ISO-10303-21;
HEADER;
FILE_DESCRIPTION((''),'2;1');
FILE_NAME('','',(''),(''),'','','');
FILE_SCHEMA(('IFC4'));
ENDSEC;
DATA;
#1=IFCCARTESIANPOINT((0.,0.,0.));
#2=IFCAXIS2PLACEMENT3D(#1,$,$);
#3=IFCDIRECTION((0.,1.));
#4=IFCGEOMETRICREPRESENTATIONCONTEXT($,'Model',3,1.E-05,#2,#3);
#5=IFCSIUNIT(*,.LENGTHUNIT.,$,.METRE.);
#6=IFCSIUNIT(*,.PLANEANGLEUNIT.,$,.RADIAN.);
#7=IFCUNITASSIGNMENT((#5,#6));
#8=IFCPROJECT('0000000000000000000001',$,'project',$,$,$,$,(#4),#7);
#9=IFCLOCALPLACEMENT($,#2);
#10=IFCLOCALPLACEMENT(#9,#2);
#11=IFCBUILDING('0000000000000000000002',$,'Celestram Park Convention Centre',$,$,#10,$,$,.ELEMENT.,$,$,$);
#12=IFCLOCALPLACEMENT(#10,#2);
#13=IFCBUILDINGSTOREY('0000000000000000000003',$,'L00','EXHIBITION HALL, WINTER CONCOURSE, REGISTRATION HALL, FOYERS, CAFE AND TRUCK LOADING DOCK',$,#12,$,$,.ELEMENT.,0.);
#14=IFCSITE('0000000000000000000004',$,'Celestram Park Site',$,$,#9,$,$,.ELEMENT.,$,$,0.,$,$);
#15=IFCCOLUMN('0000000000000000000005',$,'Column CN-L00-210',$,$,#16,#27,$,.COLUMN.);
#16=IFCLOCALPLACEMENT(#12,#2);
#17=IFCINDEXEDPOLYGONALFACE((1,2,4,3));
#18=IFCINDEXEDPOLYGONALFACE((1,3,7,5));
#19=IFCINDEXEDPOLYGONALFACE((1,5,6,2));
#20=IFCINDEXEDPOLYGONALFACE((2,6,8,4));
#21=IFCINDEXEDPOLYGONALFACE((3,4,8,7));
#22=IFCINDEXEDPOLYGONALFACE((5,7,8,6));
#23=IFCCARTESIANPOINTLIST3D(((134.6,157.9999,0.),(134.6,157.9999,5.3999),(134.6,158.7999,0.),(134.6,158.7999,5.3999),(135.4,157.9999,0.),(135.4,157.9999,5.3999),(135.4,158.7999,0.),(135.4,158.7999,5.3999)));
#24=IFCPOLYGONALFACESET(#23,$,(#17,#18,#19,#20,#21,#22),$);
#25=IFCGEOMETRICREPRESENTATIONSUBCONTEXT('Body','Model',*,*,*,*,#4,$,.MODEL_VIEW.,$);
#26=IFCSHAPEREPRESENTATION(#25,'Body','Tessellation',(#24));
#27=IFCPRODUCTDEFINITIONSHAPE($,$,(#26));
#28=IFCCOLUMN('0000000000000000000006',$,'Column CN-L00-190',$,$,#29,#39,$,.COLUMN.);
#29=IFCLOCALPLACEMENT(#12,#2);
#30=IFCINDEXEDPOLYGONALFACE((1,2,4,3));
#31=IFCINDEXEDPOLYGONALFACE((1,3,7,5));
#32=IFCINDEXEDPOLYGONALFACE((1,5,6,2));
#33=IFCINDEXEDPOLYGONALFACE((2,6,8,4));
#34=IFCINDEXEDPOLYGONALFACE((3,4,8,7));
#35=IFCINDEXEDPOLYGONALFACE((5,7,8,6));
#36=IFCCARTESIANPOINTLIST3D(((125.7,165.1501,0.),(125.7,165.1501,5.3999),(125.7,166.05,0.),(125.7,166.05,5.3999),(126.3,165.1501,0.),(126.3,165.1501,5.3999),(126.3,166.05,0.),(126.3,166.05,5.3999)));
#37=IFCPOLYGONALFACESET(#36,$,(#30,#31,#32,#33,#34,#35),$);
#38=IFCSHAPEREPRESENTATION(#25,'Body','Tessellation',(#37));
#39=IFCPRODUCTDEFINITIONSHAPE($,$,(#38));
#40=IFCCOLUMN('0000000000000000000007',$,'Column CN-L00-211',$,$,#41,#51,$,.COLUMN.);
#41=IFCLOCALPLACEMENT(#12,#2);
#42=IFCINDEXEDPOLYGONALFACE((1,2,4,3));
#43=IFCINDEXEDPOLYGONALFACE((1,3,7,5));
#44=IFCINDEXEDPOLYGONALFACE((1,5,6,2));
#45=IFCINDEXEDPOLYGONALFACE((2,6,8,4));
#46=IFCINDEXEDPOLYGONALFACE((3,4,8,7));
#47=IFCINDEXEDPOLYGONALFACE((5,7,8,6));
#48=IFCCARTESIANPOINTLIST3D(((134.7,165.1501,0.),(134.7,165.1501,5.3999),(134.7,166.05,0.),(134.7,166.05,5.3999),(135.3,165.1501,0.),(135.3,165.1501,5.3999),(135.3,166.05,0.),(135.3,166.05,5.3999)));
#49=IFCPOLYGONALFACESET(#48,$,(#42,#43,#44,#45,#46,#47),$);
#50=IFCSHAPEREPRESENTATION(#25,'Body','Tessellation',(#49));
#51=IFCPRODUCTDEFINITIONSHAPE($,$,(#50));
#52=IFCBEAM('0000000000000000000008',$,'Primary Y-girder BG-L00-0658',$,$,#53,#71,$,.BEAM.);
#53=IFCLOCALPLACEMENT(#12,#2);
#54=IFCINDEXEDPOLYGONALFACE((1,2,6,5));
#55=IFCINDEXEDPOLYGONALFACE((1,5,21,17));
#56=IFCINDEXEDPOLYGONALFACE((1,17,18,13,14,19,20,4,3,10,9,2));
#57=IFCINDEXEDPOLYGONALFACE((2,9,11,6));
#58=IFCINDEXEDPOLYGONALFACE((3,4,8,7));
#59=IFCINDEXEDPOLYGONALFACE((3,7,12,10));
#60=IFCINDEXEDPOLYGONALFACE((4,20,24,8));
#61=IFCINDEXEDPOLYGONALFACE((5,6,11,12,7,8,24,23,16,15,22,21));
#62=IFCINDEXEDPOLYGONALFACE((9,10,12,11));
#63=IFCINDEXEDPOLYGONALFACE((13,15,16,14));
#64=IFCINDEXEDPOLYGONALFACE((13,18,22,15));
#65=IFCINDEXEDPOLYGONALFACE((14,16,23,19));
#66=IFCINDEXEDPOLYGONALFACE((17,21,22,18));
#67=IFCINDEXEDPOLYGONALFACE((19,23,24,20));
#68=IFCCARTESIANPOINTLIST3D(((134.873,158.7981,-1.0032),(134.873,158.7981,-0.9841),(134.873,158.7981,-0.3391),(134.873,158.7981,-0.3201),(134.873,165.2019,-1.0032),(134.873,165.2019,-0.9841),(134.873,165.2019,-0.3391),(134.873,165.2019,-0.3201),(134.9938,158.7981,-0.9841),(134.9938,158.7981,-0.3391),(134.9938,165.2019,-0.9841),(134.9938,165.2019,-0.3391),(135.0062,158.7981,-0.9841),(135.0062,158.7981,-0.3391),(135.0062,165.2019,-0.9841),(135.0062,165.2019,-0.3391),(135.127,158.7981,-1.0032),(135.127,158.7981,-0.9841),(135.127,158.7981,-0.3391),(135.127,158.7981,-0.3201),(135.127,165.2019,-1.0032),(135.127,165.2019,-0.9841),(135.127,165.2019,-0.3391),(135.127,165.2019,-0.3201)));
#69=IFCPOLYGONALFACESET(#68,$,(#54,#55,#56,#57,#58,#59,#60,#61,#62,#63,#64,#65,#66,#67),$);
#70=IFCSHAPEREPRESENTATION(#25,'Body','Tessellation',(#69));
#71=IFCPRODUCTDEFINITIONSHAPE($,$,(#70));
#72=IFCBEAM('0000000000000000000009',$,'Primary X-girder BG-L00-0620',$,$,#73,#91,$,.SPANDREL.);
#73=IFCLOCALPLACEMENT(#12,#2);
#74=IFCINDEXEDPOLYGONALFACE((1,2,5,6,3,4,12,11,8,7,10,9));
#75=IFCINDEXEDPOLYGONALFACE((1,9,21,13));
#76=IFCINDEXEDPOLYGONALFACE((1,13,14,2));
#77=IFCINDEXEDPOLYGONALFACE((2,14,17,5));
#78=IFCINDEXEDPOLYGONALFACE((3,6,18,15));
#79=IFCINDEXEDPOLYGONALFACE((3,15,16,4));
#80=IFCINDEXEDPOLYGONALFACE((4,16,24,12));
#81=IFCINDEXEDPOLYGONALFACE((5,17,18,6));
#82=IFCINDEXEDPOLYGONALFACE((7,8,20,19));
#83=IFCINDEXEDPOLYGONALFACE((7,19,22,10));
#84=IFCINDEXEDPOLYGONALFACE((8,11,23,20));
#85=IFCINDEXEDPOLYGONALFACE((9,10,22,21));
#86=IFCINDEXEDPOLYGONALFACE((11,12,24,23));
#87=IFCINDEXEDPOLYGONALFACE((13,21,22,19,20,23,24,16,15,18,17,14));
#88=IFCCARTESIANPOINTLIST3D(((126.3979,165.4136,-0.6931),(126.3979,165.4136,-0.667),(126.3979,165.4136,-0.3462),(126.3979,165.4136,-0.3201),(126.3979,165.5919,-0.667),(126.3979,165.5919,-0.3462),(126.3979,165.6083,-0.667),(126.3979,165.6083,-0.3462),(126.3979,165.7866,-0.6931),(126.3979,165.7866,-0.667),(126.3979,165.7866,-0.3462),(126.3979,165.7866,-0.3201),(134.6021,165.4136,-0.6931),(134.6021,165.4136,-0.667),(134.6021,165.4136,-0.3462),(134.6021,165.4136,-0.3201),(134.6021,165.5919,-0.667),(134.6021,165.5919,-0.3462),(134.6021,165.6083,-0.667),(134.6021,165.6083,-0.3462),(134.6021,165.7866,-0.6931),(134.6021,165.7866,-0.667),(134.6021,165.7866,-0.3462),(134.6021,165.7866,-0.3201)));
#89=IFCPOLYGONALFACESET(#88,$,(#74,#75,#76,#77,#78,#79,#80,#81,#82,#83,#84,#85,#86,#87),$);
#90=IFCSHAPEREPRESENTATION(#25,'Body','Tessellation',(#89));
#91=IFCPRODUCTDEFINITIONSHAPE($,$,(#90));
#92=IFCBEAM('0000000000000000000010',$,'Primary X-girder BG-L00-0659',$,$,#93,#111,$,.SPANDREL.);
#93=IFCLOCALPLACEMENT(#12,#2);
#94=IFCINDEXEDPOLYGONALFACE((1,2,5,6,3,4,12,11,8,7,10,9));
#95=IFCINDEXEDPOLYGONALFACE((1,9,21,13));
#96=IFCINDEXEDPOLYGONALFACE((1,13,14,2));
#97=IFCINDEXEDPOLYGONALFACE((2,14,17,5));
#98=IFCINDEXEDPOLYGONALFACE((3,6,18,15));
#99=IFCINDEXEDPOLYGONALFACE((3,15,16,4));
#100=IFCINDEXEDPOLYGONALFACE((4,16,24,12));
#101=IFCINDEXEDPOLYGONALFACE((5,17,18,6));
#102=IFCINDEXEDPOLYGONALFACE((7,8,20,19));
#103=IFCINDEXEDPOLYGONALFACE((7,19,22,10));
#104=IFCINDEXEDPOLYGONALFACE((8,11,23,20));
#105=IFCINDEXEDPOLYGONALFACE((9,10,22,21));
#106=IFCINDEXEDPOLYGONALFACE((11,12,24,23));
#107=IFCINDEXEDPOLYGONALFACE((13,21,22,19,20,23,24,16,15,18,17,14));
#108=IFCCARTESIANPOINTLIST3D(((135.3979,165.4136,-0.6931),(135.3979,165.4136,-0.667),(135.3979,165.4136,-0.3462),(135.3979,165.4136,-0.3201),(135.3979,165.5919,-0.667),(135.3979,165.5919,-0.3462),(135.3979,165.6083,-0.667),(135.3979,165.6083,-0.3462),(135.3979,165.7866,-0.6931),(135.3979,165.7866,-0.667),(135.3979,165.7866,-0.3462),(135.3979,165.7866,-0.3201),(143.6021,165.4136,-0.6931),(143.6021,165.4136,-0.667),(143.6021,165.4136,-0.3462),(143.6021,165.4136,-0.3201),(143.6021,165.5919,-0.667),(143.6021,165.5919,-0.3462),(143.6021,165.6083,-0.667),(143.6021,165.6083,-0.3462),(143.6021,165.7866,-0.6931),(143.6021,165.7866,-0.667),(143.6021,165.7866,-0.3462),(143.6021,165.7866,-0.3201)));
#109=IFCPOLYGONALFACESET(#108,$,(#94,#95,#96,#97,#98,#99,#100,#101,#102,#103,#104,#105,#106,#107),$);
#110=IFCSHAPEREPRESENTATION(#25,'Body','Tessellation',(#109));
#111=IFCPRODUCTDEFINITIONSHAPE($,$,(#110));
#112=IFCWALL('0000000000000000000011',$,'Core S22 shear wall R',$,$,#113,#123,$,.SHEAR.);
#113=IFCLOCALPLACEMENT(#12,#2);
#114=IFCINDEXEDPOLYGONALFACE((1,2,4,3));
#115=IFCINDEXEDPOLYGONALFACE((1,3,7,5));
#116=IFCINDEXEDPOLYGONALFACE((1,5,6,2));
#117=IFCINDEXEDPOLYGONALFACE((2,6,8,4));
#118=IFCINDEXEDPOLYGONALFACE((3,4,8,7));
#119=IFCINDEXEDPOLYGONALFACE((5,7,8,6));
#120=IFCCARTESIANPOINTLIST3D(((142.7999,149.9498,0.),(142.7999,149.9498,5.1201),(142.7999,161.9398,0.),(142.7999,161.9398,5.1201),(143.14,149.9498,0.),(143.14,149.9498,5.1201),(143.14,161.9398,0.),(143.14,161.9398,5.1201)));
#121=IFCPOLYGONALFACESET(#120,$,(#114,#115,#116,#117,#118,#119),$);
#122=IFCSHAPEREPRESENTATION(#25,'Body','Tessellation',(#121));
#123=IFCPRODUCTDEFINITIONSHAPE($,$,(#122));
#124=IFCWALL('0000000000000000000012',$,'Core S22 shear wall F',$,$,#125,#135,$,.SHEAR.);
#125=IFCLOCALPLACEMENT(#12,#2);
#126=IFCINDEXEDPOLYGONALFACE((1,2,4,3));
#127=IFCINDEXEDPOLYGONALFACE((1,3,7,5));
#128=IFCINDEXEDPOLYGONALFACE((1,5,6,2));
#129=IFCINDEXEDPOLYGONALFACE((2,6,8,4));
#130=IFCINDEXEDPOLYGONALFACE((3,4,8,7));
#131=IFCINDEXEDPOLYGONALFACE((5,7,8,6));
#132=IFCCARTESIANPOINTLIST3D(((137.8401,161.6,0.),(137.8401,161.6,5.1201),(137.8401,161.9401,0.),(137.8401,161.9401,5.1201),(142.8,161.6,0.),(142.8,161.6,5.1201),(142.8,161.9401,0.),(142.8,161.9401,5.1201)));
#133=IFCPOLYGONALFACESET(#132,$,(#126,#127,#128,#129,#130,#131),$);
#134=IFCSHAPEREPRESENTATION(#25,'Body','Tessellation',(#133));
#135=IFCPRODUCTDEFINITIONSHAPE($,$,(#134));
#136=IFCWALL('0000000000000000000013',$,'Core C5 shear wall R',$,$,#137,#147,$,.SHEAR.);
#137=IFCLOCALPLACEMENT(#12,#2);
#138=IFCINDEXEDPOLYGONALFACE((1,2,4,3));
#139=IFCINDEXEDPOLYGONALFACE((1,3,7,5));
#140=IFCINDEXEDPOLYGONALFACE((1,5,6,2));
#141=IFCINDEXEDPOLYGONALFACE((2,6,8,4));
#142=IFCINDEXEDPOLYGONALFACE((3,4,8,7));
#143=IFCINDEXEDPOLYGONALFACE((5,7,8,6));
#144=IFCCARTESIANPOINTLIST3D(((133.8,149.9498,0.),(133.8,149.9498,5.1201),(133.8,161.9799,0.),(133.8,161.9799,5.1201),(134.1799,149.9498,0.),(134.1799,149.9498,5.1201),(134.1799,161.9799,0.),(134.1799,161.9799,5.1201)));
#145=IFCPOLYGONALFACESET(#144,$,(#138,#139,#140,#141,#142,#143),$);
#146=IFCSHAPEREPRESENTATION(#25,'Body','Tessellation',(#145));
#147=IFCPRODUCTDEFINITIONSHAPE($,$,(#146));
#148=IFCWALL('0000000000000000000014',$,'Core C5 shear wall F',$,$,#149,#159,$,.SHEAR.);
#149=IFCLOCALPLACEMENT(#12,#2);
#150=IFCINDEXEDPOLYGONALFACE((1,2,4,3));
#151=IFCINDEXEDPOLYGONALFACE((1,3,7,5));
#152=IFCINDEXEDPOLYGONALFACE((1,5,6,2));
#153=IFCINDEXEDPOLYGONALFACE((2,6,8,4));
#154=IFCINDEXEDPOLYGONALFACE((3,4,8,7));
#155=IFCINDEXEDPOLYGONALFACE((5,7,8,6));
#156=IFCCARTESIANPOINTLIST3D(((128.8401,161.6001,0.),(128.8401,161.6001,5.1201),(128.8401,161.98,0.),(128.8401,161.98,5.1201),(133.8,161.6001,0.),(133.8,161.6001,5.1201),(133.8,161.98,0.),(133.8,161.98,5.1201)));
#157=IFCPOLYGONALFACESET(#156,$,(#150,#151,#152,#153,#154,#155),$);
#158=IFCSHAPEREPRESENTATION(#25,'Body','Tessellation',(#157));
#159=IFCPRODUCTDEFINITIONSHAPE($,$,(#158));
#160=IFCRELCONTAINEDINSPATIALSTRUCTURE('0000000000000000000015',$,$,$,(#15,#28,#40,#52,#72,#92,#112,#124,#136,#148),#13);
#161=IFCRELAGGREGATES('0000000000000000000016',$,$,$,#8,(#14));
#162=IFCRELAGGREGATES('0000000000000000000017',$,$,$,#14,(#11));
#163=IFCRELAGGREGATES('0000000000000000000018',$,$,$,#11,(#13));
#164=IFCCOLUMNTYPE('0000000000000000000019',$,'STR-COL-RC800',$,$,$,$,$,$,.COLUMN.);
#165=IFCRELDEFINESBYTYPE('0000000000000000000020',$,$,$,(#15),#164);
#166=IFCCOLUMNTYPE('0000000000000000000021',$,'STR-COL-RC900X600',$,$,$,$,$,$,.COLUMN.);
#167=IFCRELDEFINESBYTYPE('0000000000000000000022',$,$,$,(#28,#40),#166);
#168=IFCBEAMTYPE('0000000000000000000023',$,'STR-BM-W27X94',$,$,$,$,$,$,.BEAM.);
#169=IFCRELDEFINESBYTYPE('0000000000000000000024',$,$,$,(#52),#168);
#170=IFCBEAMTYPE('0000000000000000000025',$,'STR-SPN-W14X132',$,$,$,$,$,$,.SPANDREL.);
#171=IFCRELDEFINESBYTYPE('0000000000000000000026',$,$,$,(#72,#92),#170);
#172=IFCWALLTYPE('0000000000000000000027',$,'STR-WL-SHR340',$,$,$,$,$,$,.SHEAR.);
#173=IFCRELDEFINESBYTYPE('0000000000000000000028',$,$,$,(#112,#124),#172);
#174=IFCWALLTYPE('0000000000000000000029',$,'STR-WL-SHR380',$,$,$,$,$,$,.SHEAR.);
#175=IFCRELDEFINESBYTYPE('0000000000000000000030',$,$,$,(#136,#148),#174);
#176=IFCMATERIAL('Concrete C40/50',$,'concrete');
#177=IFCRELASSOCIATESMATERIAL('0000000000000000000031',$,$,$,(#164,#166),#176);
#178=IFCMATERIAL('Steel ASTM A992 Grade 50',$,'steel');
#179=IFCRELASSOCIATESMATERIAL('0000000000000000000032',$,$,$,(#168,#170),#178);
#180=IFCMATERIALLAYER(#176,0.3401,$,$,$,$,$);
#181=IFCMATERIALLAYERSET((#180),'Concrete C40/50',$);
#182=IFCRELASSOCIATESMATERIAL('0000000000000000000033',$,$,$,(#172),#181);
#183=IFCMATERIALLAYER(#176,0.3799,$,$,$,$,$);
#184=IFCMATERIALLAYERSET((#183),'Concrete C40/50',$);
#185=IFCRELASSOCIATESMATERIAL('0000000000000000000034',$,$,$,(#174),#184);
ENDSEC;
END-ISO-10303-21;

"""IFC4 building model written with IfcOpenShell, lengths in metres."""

from ifc_helpers import new_model, si_unit, direction, frame, frame_2d, origin, origin_2d, place, context, subcontext, project, spatial, rectangle, i_section, extrude, material, layer, layer_set, material_profile, profile_set, type_object, element, save


model = new_model("IFC4")

# Units and contexts
model_context = context("Model", 3, precision=1e-05, world=origin(), true_north=direction((0.0, 1.0)))
body_context = subcontext(model_context, "Body", "Model", "MODEL_VIEW")
ifc_project = project(units=[si_unit("LENGTHUNIT", "METRE"), si_unit("PLANEANGLEUNIT", "RADIAN")], contexts=[model_context])

# Site, building, storey
site_placement = place(None, origin())
site = spatial("IfcSite", under=ifc_project, at=site_placement, Name="Celestram Park Site", CompositionType="ELEMENT", RefElevation=0.0)
building_placement = place(site_placement, origin())
building = spatial("IfcBuilding", under=site, at=building_placement, Name="Celestram Park Convention Centre", CompositionType="ELEMENT")
storey_placement = place(building_placement, origin())
storey = spatial("IfcBuildingStorey", under=building, at=storey_placement, Name="L00", Description="EXHIBITION HALL, WINTER CONCOURSE, REGISTRATION HALL, FOYERS, CAFE AND TRUCK LOADING DOCK", CompositionType="ELEMENT", Elevation=0.0)

# Columns
ifc_material_1 = material(Name="Concrete C40/50", Category="concrete")
ifc_material_profile_1 = material_profile(ifc_material_1, rectangle(XDim=0.8, YDim=0.8, at=origin_2d()), Name="RC800X800")
ifc_profile_set_1 = profile_set([ifc_material_profile_1], Name="Concrete C40/50")
column_type_1 = type_object("IfcColumnType", Name="STR-COL-RC800", PredefinedType="COLUMN", material=ifc_profile_set_1)
column_placement = place(storey_placement, frame((135.0, 158.3999, 0.0), z_axis=(0.0, 0.0, 1.0), x_axis=(1.0, 0.0, 0.0)))
element("IfcColumn", 1, at=column_placement, inside=storey, type_object=column_type_1, Name="Column CN-L00-210", PredefinedType="COLUMN", context=body_context, shape_type="SweptSolid", body=[
    extrude(rectangle(XDim=0.8, YDim=0.8, at=origin_2d()), origin(), (0.0, 0.0, 1.0), 5.3999),
])
ifc_material_profile_2 = material_profile(ifc_material_1, rectangle(XDim=0.6001, YDim=0.8999, at=origin_2d()), Name="RC900X600")
ifc_profile_set_2 = profile_set([ifc_material_profile_2], Name="Concrete C40/50")
column_type_2 = type_object("IfcColumnType", Name="STR-COL-RC900X600", PredefinedType="COLUMN", material=ifc_profile_set_2)
for number, where, z_axis, x_axis, name in (
    (2, (126.0, 165.6001, 0.0), (0.0, 0.0, 1.0), (1.0, 0.0, 0.0), "Column CN-L00-190"),
    (3, (135.0, 165.6001, 0.0), (0.0, 0.0, 1.0), (1.0, 0.0, 0.0), "Column CN-L00-211"),
):
    element("IfcColumn", number, at=place(storey_placement, frame(where, z_axis=z_axis, x_axis=x_axis)), inside=storey, type_object=column_type_2, Name=name, PredefinedType="COLUMN", context=body_context, shape_type="SweptSolid", body=[
        extrude(rectangle(XDim=0.6001, YDim=0.8999, at=origin_2d()), origin(), (0.0, 0.0, 1.0), 5.3999),
    ])

# Beams
ifc_material_2 = material(Name="Steel ASTM A992 Grade 50", Category="steel")
ifc_material_profile_3 = material_profile(ifc_material_2, i_section(OverallWidth=0.2539, OverallDepth=0.6831, WebThickness=0.0125, FlangeThickness=0.019, at=origin_2d()), Name="W27X94")
ifc_profile_set_3 = profile_set([ifc_material_profile_3], Name="Steel ASTM A992 Grade 50")
beam_type_1 = type_object("IfcBeamType", Name="STR-BM-W27X94", PredefinedType="BEAM", material=ifc_profile_set_3)
beam_placement = place(storey_placement, frame((135.0, 158.7981, -0.6616), z_axis=(0.0, 1.0, 0.0), x_axis=(-1.0, 0.0, 0.0)))
element("IfcBeam", 4, at=beam_placement, inside=storey, type_object=beam_type_1, Name="Primary Y-girder BG-L00-0658", PredefinedType="BEAM", context=body_context, shape_type="SweptSolid", body=[
    extrude(i_section(OverallWidth=0.2539, OverallDepth=0.6831, WebThickness=0.0125, FlangeThickness=0.019, at=origin_2d()), origin(), (0.0, 0.0, 1.0), 6.4038),
])
ifc_material_profile_4 = material_profile(ifc_material_2, i_section(OverallWidth=0.373, OverallDepth=0.373, WebThickness=0.0164, FlangeThickness=0.0261, at=origin_2d()), Name="W14X132")
ifc_profile_set_4 = profile_set([ifc_material_profile_4], Name="Steel ASTM A992 Grade 50")
beam_type_2 = type_object("IfcBeamType", Name="STR-SPN-W14X132", PredefinedType="SPANDREL", material=ifc_profile_set_4)
for number, where, z_axis, x_axis, name in (
    (5, (126.3979, 165.6001, -0.5066), (1.0, 0.0, 0.0), (0.0, 1.0, 0.0), "Primary X-girder BG-L00-0620"),
    (6, (135.3979, 165.6001, -0.5066), (1.0, 0.0, 0.0), (0.0, 1.0, 0.0), "Primary X-girder BG-L00-0659"),
):
    element("IfcBeam", number, at=place(storey_placement, frame(where, z_axis=z_axis, x_axis=x_axis)), inside=storey, type_object=beam_type_2, Name=name, PredefinedType="SPANDREL", context=body_context, shape_type="SweptSolid", body=[
        extrude(i_section(OverallWidth=0.373, OverallDepth=0.373, WebThickness=0.0164, FlangeThickness=0.0261, at=origin_2d()), origin(), (0.0, 0.0, 1.0), 8.2041),
    ])

# Walls
ifc_layer_1 = layer(ifc_material_1, 0.3401)
ifc_layer_set_1 = layer_set([ifc_layer_1], Name="Concrete C40/50")
wall_type_1 = type_object("IfcWallType", Name="STR-WL-SHR340", PredefinedType="SHEAR", material=ifc_layer_set_1)
wall_1_placement = place(storey_placement, frame((142.97, 161.9399, 0.0), z_axis=(0.0, 0.0, 1.0), x_axis=(0.0, -1.0, 0.0)))
element("IfcWall", 7, at=wall_1_placement, inside=storey, type_object=wall_type_1, Name="Core S22 shear wall R", PredefinedType="SHEAR", context=body_context, shape_type="SweptSolid", body=[
    extrude(rectangle(XDim=11.99, YDim=0.3401, at=frame_2d((5.9951, 0.0))), origin(), (0.0, 0.0, 1.0), 5.1201),
])
wall_2_placement = place(storey_placement, frame((137.8401, 161.77, 0.0), z_axis=(0.0, 0.0, 1.0), x_axis=(1.0, 0.0, 0.0)))
element("IfcWall", 8, at=wall_2_placement, inside=storey, type_object=wall_type_1, Name="Core S22 shear wall F", PredefinedType="SHEAR", context=body_context, shape_type="SweptSolid", body=[
    extrude(rectangle(XDim=4.96, YDim=0.3401, at=frame_2d((2.48, 0.0))), origin(), (0.0, 0.0, 1.0), 5.1201),
])
ifc_layer_2 = layer(ifc_material_1, 0.3799)
ifc_layer_set_2 = layer_set([ifc_layer_2], Name="Concrete C40/50")
wall_type_2 = type_object("IfcWallType", Name="STR-WL-SHR380", PredefinedType="SHEAR", material=ifc_layer_set_2)
wall_3_placement = place(storey_placement, frame((133.99, 161.98, 0.0), z_axis=(0.0, 0.0, 1.0), x_axis=(0.0, -1.0, 0.0)))
element("IfcWall", 9, at=wall_3_placement, inside=storey, type_object=wall_type_2, Name="Core C5 shear wall R", PredefinedType="SHEAR", context=body_context, shape_type="SweptSolid", body=[
    extrude(rectangle(XDim=12.03, YDim=0.3799, at=frame_2d((6.0151, 0.0))), origin(), (0.0, 0.0, 1.0), 5.1201),
])
wall_4_placement = place(storey_placement, frame((128.8401, 161.79, 0.0), z_axis=(0.0, 0.0, 1.0), x_axis=(1.0, 0.0, 0.0)))
element("IfcWall", 10, at=wall_4_placement, inside=storey, type_object=wall_type_2, Name="Core C5 shear wall F", PredefinedType="SHEAR", context=body_context, shape_type="SweptSolid", body=[
    extrude(rectangle(XDim=4.96, YDim=0.3799, at=frame_2d((2.48, 0.0))), origin(), (0.0, 0.0, 1.0), 5.1201),
])

save(model, "model.ifc")
